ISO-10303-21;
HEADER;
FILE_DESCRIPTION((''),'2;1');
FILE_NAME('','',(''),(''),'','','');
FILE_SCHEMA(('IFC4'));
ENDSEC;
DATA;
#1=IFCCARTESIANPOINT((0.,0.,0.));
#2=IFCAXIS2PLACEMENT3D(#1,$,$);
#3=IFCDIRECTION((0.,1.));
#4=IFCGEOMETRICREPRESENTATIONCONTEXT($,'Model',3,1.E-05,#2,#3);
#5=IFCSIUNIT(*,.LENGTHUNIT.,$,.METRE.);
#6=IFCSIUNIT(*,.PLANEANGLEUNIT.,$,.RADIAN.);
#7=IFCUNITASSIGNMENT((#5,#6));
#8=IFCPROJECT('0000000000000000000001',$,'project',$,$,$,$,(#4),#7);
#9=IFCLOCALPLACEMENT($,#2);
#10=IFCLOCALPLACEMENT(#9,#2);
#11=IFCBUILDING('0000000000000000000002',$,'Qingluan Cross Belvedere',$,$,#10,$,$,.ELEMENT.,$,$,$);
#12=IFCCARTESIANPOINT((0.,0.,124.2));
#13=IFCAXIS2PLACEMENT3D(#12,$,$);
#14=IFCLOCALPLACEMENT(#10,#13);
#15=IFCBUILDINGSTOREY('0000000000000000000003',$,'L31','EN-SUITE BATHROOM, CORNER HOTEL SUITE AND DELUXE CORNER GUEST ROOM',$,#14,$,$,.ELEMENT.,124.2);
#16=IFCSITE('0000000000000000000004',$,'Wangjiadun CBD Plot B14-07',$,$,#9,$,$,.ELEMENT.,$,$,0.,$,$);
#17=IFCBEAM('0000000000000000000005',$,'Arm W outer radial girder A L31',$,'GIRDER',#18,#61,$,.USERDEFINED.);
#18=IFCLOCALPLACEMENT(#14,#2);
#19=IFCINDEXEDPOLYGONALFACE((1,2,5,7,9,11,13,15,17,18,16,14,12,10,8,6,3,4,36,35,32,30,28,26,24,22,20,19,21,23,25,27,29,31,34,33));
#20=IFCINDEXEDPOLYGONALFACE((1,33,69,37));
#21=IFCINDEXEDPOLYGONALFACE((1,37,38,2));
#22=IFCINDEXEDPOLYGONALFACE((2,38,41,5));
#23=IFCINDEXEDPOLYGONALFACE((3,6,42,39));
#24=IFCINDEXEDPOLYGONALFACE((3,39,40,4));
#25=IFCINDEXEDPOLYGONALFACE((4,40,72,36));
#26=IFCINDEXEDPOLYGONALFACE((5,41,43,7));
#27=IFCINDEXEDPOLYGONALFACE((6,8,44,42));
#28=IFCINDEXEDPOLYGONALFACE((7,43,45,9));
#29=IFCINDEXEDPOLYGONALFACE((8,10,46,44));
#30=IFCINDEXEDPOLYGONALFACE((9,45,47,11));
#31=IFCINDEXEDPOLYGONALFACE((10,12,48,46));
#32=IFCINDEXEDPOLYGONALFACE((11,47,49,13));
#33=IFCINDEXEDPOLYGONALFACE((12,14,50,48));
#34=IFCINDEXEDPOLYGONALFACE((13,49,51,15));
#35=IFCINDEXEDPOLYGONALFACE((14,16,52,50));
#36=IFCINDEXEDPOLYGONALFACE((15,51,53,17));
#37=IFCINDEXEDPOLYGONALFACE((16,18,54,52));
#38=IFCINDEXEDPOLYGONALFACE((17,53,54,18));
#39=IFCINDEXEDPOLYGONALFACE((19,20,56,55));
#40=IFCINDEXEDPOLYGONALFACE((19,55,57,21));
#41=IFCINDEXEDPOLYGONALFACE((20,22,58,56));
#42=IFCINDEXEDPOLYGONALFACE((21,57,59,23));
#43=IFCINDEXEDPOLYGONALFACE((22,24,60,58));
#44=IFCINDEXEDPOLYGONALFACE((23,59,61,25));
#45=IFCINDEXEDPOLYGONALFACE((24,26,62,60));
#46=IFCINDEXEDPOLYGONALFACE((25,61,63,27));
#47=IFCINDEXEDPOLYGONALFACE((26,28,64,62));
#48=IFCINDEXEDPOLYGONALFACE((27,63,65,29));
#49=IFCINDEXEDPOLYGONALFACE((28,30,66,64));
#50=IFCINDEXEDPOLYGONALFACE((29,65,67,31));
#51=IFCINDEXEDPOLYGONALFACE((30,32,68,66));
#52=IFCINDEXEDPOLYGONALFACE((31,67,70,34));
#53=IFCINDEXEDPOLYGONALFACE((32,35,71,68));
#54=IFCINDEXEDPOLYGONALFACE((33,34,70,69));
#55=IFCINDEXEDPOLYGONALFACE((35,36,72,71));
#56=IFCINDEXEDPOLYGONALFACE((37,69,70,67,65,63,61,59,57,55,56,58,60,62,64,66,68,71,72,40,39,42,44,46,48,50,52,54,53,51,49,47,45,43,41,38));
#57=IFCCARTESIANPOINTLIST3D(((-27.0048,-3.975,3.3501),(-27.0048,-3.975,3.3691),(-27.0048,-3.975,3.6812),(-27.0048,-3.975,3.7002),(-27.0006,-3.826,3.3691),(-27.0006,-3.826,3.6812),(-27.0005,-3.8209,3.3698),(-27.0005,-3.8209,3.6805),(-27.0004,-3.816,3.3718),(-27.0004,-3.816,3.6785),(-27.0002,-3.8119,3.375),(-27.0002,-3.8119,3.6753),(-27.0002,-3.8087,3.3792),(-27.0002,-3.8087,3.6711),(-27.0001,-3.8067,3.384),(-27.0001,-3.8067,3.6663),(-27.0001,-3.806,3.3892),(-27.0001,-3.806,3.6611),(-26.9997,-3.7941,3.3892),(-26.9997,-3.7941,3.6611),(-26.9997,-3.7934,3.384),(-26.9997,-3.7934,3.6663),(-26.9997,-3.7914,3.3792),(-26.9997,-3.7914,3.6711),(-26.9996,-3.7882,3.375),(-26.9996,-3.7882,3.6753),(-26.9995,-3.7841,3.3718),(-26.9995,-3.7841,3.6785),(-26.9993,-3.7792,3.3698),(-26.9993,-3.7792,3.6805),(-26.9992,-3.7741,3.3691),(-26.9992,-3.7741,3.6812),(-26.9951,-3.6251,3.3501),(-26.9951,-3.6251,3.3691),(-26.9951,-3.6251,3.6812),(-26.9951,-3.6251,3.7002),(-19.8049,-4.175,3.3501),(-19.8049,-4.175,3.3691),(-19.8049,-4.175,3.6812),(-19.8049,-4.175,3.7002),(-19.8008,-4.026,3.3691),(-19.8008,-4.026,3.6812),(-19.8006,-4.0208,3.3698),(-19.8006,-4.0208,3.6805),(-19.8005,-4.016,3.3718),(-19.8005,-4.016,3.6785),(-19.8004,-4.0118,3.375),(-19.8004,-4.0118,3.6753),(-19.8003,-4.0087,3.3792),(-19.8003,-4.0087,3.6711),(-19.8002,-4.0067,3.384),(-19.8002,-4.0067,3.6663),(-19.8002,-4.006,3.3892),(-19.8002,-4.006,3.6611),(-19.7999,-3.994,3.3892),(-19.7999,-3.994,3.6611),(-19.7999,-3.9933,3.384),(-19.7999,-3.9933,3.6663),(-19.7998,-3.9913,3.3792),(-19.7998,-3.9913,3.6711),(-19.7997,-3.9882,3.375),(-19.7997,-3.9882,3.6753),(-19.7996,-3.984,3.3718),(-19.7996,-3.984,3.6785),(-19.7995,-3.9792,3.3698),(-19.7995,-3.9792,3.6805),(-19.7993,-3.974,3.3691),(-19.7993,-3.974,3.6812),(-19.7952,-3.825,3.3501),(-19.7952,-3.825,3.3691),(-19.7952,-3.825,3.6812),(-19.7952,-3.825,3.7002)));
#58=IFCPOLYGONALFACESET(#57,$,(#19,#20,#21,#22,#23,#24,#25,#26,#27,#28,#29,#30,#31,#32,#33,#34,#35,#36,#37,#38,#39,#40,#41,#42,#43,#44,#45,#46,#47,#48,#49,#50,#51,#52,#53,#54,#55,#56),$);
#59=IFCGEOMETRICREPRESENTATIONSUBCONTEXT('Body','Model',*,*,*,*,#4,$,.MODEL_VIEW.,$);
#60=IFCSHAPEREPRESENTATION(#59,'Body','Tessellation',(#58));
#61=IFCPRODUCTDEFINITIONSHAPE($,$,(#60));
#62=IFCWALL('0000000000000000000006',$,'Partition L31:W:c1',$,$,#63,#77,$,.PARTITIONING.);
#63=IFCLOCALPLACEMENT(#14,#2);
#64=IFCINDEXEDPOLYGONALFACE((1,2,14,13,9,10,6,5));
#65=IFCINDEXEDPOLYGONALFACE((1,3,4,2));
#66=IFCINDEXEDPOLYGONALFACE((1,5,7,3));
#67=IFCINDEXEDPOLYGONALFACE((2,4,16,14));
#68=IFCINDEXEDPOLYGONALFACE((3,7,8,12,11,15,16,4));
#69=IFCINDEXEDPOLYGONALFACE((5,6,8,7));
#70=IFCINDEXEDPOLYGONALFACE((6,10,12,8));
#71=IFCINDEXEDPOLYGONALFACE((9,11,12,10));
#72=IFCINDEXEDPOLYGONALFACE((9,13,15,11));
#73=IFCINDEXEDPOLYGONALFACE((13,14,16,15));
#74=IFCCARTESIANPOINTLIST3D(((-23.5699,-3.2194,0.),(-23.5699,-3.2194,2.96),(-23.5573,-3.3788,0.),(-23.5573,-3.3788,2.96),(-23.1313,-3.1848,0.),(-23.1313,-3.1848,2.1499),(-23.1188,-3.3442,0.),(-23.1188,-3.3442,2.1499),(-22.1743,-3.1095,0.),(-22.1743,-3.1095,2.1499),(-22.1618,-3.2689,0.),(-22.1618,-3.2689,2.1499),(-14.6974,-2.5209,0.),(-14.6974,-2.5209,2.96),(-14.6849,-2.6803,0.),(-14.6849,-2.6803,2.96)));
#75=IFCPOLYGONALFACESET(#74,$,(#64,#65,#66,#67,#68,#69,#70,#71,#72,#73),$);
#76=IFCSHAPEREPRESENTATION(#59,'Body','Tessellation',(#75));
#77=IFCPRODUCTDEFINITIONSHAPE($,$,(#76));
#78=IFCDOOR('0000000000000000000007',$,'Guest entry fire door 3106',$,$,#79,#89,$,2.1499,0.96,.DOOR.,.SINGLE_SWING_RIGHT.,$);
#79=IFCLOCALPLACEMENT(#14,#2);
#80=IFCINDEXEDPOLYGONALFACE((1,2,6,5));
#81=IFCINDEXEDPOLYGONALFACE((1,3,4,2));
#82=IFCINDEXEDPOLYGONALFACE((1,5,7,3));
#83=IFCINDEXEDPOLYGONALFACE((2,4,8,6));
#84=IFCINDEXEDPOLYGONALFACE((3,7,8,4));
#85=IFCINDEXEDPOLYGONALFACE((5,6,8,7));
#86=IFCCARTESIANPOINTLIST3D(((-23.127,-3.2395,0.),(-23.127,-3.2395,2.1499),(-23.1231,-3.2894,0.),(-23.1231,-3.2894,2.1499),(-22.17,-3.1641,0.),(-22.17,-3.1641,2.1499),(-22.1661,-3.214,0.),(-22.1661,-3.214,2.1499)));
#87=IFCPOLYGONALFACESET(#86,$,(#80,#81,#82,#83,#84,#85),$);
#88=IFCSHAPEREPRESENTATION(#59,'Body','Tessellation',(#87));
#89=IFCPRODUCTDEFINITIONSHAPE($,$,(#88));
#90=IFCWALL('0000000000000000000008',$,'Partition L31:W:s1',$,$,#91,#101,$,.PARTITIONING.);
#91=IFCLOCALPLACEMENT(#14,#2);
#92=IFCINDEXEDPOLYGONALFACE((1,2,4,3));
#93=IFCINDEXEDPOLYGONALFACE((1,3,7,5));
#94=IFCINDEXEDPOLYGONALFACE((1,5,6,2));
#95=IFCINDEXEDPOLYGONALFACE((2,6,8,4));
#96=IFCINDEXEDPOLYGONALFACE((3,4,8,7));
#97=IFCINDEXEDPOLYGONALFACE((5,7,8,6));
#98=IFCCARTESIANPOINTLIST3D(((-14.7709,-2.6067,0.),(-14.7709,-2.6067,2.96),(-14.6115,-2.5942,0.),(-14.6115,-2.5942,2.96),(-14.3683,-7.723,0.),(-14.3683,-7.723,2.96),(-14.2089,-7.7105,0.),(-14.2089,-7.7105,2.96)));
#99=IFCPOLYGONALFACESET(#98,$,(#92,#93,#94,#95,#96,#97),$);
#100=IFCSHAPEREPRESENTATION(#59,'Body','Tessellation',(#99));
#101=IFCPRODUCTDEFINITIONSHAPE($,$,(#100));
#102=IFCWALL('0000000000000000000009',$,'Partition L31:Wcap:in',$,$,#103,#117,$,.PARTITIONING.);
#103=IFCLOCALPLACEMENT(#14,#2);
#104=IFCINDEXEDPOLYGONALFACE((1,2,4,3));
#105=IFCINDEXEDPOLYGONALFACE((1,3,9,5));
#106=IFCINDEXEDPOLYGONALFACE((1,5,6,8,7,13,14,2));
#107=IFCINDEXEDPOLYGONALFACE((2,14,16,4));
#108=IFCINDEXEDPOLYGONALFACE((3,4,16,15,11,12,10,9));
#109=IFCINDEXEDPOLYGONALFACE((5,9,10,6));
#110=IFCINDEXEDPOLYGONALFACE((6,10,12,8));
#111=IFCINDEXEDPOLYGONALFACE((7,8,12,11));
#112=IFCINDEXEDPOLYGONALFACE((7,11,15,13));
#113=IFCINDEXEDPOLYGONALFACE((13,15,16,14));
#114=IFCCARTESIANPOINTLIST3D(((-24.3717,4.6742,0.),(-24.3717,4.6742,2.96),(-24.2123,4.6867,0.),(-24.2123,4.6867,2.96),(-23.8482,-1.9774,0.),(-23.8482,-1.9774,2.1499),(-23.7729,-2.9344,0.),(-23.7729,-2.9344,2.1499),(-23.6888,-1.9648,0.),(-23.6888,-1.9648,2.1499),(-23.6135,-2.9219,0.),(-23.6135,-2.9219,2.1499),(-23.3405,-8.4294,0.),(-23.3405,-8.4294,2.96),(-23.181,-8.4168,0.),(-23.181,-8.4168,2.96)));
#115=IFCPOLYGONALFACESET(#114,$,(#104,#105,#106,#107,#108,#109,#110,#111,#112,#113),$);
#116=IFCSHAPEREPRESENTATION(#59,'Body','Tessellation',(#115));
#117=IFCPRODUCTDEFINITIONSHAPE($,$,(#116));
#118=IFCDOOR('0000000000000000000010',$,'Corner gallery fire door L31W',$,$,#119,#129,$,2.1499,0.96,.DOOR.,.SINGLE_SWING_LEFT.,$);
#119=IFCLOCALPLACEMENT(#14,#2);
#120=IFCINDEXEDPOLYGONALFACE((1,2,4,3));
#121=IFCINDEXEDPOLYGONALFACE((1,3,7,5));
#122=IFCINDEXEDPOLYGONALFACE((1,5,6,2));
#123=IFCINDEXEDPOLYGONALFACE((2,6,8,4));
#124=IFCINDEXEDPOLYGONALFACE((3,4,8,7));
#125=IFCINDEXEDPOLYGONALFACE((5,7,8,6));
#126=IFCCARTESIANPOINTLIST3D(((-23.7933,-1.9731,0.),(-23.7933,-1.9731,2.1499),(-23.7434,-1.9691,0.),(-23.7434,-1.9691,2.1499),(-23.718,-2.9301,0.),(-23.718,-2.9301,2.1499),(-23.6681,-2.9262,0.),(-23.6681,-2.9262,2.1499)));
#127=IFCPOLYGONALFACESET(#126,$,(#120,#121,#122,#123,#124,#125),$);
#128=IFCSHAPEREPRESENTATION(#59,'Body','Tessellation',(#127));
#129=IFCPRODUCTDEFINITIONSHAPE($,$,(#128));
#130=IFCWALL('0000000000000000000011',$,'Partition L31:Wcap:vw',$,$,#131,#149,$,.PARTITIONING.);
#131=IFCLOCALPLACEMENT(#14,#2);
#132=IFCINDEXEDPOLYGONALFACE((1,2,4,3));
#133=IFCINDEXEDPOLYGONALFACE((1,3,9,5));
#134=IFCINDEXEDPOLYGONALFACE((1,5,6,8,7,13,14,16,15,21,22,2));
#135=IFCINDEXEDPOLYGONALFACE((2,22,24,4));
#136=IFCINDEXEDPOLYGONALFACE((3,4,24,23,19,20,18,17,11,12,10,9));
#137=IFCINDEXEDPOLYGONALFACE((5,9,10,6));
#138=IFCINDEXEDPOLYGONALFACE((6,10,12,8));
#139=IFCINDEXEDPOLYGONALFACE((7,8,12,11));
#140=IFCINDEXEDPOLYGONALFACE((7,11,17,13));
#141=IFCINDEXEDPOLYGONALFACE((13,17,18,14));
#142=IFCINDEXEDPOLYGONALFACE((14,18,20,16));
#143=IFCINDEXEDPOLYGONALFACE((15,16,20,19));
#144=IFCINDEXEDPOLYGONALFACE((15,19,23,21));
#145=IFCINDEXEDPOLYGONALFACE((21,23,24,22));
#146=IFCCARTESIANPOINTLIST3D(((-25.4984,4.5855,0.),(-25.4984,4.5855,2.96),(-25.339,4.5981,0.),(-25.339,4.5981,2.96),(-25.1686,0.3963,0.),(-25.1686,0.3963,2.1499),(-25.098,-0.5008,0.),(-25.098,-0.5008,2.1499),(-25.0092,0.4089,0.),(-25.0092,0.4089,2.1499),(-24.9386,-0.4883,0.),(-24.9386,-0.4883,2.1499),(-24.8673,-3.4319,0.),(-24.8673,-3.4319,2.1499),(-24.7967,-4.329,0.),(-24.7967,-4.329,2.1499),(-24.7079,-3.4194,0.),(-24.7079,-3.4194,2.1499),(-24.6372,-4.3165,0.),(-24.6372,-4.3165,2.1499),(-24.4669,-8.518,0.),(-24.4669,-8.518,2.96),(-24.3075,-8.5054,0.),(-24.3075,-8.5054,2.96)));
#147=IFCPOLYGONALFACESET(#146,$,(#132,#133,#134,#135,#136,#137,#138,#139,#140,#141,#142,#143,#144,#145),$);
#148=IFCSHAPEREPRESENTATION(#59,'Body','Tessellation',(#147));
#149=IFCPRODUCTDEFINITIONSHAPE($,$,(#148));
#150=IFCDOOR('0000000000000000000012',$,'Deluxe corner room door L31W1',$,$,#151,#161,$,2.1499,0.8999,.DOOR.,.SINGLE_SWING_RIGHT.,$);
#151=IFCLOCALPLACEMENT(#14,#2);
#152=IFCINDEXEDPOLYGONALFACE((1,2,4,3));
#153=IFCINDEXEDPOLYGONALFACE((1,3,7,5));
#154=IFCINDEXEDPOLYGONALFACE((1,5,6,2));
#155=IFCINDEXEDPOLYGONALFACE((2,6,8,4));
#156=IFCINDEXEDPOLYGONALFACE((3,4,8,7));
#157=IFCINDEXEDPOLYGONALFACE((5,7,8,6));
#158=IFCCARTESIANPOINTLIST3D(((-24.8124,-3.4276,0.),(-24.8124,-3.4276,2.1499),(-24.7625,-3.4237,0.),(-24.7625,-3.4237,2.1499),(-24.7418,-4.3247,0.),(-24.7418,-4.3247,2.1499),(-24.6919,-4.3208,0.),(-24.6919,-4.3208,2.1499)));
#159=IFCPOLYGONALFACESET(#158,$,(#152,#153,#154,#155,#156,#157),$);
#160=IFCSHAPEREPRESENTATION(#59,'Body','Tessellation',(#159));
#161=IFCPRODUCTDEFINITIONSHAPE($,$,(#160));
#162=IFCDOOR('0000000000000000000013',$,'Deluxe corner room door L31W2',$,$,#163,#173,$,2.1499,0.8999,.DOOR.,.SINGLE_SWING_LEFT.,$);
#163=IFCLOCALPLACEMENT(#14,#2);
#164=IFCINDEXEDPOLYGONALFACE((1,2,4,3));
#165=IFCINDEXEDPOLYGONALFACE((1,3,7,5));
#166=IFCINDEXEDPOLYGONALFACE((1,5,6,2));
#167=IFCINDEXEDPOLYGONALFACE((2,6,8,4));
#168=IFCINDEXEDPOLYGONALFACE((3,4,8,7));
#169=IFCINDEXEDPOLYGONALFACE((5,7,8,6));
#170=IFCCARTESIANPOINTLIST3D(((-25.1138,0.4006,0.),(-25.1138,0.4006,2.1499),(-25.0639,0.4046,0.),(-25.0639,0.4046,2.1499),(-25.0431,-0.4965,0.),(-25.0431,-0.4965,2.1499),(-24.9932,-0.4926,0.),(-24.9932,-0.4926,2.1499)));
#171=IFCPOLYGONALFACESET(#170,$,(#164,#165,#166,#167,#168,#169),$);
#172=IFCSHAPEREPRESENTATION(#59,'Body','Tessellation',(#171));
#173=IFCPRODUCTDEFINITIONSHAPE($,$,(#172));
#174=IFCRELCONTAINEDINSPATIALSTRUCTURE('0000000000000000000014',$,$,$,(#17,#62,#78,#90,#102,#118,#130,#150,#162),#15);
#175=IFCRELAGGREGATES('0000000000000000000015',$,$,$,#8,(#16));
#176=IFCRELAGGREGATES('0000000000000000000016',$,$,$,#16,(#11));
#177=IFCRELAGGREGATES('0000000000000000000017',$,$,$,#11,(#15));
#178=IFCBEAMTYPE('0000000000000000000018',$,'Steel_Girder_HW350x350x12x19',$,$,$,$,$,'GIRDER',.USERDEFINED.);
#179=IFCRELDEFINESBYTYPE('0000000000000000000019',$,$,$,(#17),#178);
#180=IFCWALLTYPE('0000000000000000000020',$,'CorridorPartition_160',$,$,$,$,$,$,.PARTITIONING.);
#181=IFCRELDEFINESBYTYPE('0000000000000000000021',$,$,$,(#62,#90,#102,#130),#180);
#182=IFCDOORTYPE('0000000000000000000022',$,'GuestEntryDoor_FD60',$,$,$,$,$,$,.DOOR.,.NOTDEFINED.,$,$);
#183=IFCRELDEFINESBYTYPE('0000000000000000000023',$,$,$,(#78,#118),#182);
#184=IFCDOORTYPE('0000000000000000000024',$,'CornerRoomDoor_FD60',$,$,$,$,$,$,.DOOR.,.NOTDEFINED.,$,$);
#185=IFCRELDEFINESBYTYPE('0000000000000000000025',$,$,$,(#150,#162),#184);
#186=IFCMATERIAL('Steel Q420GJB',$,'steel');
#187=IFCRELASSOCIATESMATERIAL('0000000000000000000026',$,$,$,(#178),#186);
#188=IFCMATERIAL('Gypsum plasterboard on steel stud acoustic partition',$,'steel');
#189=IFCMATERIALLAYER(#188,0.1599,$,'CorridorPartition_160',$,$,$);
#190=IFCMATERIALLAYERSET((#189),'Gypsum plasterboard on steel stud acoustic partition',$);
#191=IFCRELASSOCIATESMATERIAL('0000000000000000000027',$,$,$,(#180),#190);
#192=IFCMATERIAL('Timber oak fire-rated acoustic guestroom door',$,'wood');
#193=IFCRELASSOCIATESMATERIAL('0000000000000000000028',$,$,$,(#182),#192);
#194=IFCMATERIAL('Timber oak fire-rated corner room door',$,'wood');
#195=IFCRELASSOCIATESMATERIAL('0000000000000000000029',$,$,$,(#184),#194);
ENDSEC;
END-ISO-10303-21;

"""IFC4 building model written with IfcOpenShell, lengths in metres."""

from ifc_helpers import new_model, si_unit, direction, frame, frame_2d, origin, origin_2d, place, context, subcontext, project, spatial, rectangle, i_section, extrude, material, layer, layer_set, material_profile, profile_set, type_object, element, fill, save


model = new_model("IFC4")

# Units and contexts
model_context = context("Model", 3, precision=1e-05, world=origin(), true_north=direction((0.0, 1.0)))
body_context = subcontext(model_context, "Body", "Model", "MODEL_VIEW")
ifc_project = project(units=[si_unit("LENGTHUNIT", "METRE"), si_unit("PLANEANGLEUNIT", "RADIAN")], contexts=[model_context])

# Site, building, storey
site_placement = place(None, origin())
site = spatial("IfcSite", under=ifc_project, at=site_placement, Name="Wangjiadun CBD Plot B14-07", CompositionType="ELEMENT", RefElevation=0.0)
building_placement = place(site_placement, origin())
building = spatial("IfcBuilding", under=site, at=building_placement, Name="Qingluan Cross Belvedere", CompositionType="ELEMENT")
storey_placement = place(building_placement, frame((0.0, 0.0, 124.2)))
storey = spatial("IfcBuildingStorey", under=building, at=storey_placement, Name="L31", Description="EN-SUITE BATHROOM, CORNER HOTEL SUITE AND DELUXE CORNER GUEST ROOM", CompositionType="ELEMENT", Elevation=124.2)

# Beam
ifc_material_1 = material(Name="Steel Q420GJB", Category="steel")
ifc_material_profile_1 = material_profile(ifc_material_1, i_section(OverallWidth=0.3501, OverallDepth=0.3501, WebThickness=0.012, FlangeThickness=0.019, FilletRadius=0.02, at=origin_2d()), Name="HW350x350x12x19")
ifc_profile_set_1 = profile_set([ifc_material_profile_1], Name="Steel Q420GJB")
beam_type_1 = type_object("IfcBeamType", Name="Steel_Girder_HW350x350x12x19", ElementType="GIRDER", PredefinedType="USERDEFINED", material=ifc_profile_set_1)
beam_1_placement = place(storey_placement, frame((-19.8, -4.0, 3.5251), z_axis=(-0.999615, 0.02776, 0.0), x_axis=(-0.02776, -0.999615, 0.0)))
element("IfcBeam", 1, at=beam_1_placement, inside=storey, type_object=beam_type_1, Name="Arm W outer radial girder A L31", ObjectType="GIRDER", PredefinedType="USERDEFINED", context=body_context, shape_type="SweptSolid", body=[
    extrude(i_section(OverallWidth=0.3501, OverallDepth=0.3501, WebThickness=0.012, FlangeThickness=0.019, FilletRadius=0.02, at=origin_2d()), origin(), (0.0, 0.0, 1.0), 7.2026),
])

# Wall, opening, door
ifc_material_2 = material(Name="Gypsum plasterboard on steel stud acoustic partition", Category="steel")
ifc_layer_1 = layer(ifc_material_2, 0.1599, Name="CorridorPartition_160")
ifc_layer_set_1 = layer_set([ifc_layer_1], Name="Gypsum plasterboard on steel stud acoustic partition")
wall_type_1 = type_object("IfcWallType", Name="CorridorPartition_160", PredefinedType="PARTITIONING", material=ifc_layer_set_1)
wall_1_placement = place(storey_placement, frame((-14.6912, -2.6006, 0.0), z_axis=(0.0, 0.0, 1.0), x_axis=(-0.996916, -0.078482, 0.0)))
wall_1 = element("IfcWall", 2, at=wall_1_placement, inside=storey, type_object=wall_type_1, Name="Partition L31:W:c1", PredefinedType="PARTITIONING", context=body_context, shape_type="SweptSolid", body=[
    extrude(rectangle(XDim=8.8999, YDim=0.1599, at=frame_2d((4.45, 0.0))), origin(), (0.0, 0.0, 1.0), 2.96),
])
opening_1_placement = place(wall_1_placement, frame((7.5, 0.0, 0.0)))
opening_1 = element("IfcOpeningElement", 3, at=opening_1_placement, cuts=wall_1, PredefinedType="OPENING", context=body_context, shape_type="SweptSolid", body=[
    extrude(rectangle(XDim=0.96, YDim=2.1499, at=frame_2d((0.48, 1.075))), frame((0.0, 0.0898, 0.0), z_axis=(0.0, -1.0, 0.0), x_axis=(1.0, 0.0, 0.0)), (0.0, 0.0, 1.0), 0.1799),
])
ifc_material_3 = material(Name="Timber oak fire-rated acoustic guestroom door", Category="wood")
door_type_1 = type_object("IfcDoorType", Name="GuestEntryDoor_FD60", OperationType="NOTDEFINED", PredefinedType="DOOR", material=ifc_material_3)
door_1_placement = place(opening_1_placement, origin())
door_1 = element("IfcDoor", 4, at=door_1_placement, inside=storey, type_object=door_type_1, Name="Guest entry fire door 3106", OperationType="SINGLE_SWING_RIGHT", OverallHeight=2.1499, OverallWidth=0.96, PredefinedType="DOOR", context=body_context, shape_type="SweptSolid", body=[
    extrude(rectangle(XDim=0.96, YDim=2.1499, at=frame_2d((0.48, 1.075))), frame((0.0, 0.0249, 0.0), z_axis=(0.0, -1.0, 0.0), x_axis=(1.0, 0.0, 0.0)), (0.0, 0.0, 1.0), 0.05),
])
fill(opening_1, door_1)

# Wall
wall_2_placement = place(storey_placement, frame((-14.6912, -2.6006, 0.0), z_axis=(0.0, 0.0, 1.0), x_axis=(0.078446, -0.996918, 0.0)))
element("IfcWall", 5, at=wall_2_placement, inside=storey, type_object=wall_type_1, Name="Partition L31:W:s1", PredefinedType="PARTITIONING", context=body_context, shape_type="SweptSolid", body=[
    extrude(rectangle(XDim=5.1321, YDim=0.1599, at=frame_2d((2.5659, 0.0))), origin(), (0.0, 0.0, 1.0), 2.96),
])

# Wall, opening, door
wall_3_placement = place(storey_placement, frame((-23.2607, -8.4231, 0.0), z_axis=(0.0, 0.0, 1.0), x_axis=(-0.078458, 0.996917, 0.0)))
wall_3 = element("IfcWall", 6, at=wall_3_placement, inside=storey, type_object=wall_type_1, Name="Partition L31:Wcap:in", PredefinedType="PARTITIONING", context=body_context, shape_type="SweptSolid", body=[
    extrude(rectangle(XDim=13.144, YDim=0.1599, at=frame_2d((6.572, 0.0))), origin(), (0.0, 0.0, 1.0), 2.96),
])
opening_2_placement = place(wall_3_placement, frame((5.512, 0.0, 0.0)))
opening_2 = element("IfcOpeningElement", 7, at=opening_2_placement, cuts=wall_3, PredefinedType="OPENING", context=body_context, shape_type="SweptSolid", body=[
    extrude(rectangle(XDim=0.96, YDim=2.1499, at=frame_2d((0.48, 1.075))), frame((0.0, 0.0898, 0.0), z_axis=(0.0, -1.0, 0.0), x_axis=(1.0, 0.0, 0.0)), (0.0, 0.0, 1.0), 0.1799),
])
door_2_placement = place(opening_2_placement, origin())
door_2 = element("IfcDoor", 8, at=door_2_placement, inside=storey, type_object=door_type_1, Name="Corner gallery fire door L31W", OperationType="SINGLE_SWING_LEFT", OverallHeight=2.1499, OverallWidth=0.96, PredefinedType="DOOR", context=body_context, shape_type="SweptSolid", body=[
    extrude(rectangle(XDim=0.96, YDim=2.1499, at=frame_2d((0.48, 1.075))), frame((0.0, 0.0249, 0.0), z_axis=(0.0, -1.0, 0.0), x_axis=(1.0, 0.0, 0.0)), (0.0, 0.0, 1.0), 0.05),
])
fill(opening_2, door_2)

# Wall, openings, doors
wall_4_placement = place(storey_placement, frame((-24.3872, -8.5117, 0.0), z_axis=(0.0, 0.0, 1.0), x_axis=(-0.078476, 0.996916, 0.0)))
wall_4 = element("IfcWall", 9, at=wall_4_placement, inside=storey, type_object=wall_type_1, Name="Partition L31:Wcap:vw", PredefinedType="PARTITIONING", context=body_context, shape_type="SweptSolid", body=[
    extrude(rectangle(XDim=13.144, YDim=0.1599, at=frame_2d((6.572, 0.0))), origin(), (0.0, 0.0, 1.0), 2.96),
])
opening_3_placement = place(wall_4_placement, frame((4.2019, 0.0, 0.0)))
opening_3 = element("IfcOpeningElement", 10, at=opening_3_placement, cuts=wall_4, PredefinedType="OPENING", context=body_context, shape_type="SweptSolid", body=[
    extrude(rectangle(XDim=0.8999, YDim=2.1499, at=frame_2d((0.45, 1.075))), frame((0.0, 0.0898, 0.0), z_axis=(0.0, -1.0, 0.0), x_axis=(1.0, 0.0, 0.0)), (0.0, 0.0, 1.0), 0.1799),
])
opening_4_placement = place(wall_4_placement, frame((8.042, 0.0, 0.0)))
opening_4 = element("IfcOpeningElement", 11, at=opening_4_placement, cuts=wall_4, PredefinedType="OPENING", context=body_context, shape_type="SweptSolid", body=[
    extrude(rectangle(XDim=0.8999, YDim=2.1499, at=frame_2d((0.45, 1.075))), frame((0.0, 0.0898, 0.0), z_axis=(0.0, -1.0, 0.0), x_axis=(1.0, 0.0, 0.0)), (0.0, 0.0, 1.0), 0.1799),
])
ifc_material_4 = material(Name="Timber oak fire-rated corner room door", Category="wood")
door_type_2 = type_object("IfcDoorType", Name="CornerRoomDoor_FD60", OperationType="NOTDEFINED", PredefinedType="DOOR", material=ifc_material_4)
door_3_placement = place(opening_3_placement, origin())
door_3 = element("IfcDoor", 12, at=door_3_placement, inside=storey, type_object=door_type_2, Name="Deluxe corner room door L31W1", OperationType="SINGLE_SWING_RIGHT", OverallHeight=2.1499, OverallWidth=0.8999, PredefinedType="DOOR", context=body_context, shape_type="SweptSolid", body=[
    extrude(rectangle(XDim=0.8999, YDim=2.1499, at=frame_2d((0.45, 1.075))), frame((0.0, 0.0249, 0.0), z_axis=(0.0, -1.0, 0.0), x_axis=(1.0, 0.0, 0.0)), (0.0, 0.0, 1.0), 0.05),
])
fill(opening_3, door_3)
door_4_placement = place(opening_4_placement, origin())
door_4 = element("IfcDoor", 13, at=door_4_placement, inside=storey, type_object=door_type_2, Name="Deluxe corner room door L31W2", OperationType="SINGLE_SWING_LEFT", OverallHeight=2.1499, OverallWidth=0.8999, PredefinedType="DOOR", context=body_context, shape_type="SweptSolid", body=[
    extrude(rectangle(XDim=0.8999, YDim=2.1499, at=frame_2d((0.45, 1.075))), frame((0.0, 0.0249, 0.0), z_axis=(0.0, -1.0, 0.0), x_axis=(1.0, 0.0, 0.0)), (0.0, 0.0, 1.0), 0.05),
])
fill(opening_4, door_4)

save(model, "model.ifc")
